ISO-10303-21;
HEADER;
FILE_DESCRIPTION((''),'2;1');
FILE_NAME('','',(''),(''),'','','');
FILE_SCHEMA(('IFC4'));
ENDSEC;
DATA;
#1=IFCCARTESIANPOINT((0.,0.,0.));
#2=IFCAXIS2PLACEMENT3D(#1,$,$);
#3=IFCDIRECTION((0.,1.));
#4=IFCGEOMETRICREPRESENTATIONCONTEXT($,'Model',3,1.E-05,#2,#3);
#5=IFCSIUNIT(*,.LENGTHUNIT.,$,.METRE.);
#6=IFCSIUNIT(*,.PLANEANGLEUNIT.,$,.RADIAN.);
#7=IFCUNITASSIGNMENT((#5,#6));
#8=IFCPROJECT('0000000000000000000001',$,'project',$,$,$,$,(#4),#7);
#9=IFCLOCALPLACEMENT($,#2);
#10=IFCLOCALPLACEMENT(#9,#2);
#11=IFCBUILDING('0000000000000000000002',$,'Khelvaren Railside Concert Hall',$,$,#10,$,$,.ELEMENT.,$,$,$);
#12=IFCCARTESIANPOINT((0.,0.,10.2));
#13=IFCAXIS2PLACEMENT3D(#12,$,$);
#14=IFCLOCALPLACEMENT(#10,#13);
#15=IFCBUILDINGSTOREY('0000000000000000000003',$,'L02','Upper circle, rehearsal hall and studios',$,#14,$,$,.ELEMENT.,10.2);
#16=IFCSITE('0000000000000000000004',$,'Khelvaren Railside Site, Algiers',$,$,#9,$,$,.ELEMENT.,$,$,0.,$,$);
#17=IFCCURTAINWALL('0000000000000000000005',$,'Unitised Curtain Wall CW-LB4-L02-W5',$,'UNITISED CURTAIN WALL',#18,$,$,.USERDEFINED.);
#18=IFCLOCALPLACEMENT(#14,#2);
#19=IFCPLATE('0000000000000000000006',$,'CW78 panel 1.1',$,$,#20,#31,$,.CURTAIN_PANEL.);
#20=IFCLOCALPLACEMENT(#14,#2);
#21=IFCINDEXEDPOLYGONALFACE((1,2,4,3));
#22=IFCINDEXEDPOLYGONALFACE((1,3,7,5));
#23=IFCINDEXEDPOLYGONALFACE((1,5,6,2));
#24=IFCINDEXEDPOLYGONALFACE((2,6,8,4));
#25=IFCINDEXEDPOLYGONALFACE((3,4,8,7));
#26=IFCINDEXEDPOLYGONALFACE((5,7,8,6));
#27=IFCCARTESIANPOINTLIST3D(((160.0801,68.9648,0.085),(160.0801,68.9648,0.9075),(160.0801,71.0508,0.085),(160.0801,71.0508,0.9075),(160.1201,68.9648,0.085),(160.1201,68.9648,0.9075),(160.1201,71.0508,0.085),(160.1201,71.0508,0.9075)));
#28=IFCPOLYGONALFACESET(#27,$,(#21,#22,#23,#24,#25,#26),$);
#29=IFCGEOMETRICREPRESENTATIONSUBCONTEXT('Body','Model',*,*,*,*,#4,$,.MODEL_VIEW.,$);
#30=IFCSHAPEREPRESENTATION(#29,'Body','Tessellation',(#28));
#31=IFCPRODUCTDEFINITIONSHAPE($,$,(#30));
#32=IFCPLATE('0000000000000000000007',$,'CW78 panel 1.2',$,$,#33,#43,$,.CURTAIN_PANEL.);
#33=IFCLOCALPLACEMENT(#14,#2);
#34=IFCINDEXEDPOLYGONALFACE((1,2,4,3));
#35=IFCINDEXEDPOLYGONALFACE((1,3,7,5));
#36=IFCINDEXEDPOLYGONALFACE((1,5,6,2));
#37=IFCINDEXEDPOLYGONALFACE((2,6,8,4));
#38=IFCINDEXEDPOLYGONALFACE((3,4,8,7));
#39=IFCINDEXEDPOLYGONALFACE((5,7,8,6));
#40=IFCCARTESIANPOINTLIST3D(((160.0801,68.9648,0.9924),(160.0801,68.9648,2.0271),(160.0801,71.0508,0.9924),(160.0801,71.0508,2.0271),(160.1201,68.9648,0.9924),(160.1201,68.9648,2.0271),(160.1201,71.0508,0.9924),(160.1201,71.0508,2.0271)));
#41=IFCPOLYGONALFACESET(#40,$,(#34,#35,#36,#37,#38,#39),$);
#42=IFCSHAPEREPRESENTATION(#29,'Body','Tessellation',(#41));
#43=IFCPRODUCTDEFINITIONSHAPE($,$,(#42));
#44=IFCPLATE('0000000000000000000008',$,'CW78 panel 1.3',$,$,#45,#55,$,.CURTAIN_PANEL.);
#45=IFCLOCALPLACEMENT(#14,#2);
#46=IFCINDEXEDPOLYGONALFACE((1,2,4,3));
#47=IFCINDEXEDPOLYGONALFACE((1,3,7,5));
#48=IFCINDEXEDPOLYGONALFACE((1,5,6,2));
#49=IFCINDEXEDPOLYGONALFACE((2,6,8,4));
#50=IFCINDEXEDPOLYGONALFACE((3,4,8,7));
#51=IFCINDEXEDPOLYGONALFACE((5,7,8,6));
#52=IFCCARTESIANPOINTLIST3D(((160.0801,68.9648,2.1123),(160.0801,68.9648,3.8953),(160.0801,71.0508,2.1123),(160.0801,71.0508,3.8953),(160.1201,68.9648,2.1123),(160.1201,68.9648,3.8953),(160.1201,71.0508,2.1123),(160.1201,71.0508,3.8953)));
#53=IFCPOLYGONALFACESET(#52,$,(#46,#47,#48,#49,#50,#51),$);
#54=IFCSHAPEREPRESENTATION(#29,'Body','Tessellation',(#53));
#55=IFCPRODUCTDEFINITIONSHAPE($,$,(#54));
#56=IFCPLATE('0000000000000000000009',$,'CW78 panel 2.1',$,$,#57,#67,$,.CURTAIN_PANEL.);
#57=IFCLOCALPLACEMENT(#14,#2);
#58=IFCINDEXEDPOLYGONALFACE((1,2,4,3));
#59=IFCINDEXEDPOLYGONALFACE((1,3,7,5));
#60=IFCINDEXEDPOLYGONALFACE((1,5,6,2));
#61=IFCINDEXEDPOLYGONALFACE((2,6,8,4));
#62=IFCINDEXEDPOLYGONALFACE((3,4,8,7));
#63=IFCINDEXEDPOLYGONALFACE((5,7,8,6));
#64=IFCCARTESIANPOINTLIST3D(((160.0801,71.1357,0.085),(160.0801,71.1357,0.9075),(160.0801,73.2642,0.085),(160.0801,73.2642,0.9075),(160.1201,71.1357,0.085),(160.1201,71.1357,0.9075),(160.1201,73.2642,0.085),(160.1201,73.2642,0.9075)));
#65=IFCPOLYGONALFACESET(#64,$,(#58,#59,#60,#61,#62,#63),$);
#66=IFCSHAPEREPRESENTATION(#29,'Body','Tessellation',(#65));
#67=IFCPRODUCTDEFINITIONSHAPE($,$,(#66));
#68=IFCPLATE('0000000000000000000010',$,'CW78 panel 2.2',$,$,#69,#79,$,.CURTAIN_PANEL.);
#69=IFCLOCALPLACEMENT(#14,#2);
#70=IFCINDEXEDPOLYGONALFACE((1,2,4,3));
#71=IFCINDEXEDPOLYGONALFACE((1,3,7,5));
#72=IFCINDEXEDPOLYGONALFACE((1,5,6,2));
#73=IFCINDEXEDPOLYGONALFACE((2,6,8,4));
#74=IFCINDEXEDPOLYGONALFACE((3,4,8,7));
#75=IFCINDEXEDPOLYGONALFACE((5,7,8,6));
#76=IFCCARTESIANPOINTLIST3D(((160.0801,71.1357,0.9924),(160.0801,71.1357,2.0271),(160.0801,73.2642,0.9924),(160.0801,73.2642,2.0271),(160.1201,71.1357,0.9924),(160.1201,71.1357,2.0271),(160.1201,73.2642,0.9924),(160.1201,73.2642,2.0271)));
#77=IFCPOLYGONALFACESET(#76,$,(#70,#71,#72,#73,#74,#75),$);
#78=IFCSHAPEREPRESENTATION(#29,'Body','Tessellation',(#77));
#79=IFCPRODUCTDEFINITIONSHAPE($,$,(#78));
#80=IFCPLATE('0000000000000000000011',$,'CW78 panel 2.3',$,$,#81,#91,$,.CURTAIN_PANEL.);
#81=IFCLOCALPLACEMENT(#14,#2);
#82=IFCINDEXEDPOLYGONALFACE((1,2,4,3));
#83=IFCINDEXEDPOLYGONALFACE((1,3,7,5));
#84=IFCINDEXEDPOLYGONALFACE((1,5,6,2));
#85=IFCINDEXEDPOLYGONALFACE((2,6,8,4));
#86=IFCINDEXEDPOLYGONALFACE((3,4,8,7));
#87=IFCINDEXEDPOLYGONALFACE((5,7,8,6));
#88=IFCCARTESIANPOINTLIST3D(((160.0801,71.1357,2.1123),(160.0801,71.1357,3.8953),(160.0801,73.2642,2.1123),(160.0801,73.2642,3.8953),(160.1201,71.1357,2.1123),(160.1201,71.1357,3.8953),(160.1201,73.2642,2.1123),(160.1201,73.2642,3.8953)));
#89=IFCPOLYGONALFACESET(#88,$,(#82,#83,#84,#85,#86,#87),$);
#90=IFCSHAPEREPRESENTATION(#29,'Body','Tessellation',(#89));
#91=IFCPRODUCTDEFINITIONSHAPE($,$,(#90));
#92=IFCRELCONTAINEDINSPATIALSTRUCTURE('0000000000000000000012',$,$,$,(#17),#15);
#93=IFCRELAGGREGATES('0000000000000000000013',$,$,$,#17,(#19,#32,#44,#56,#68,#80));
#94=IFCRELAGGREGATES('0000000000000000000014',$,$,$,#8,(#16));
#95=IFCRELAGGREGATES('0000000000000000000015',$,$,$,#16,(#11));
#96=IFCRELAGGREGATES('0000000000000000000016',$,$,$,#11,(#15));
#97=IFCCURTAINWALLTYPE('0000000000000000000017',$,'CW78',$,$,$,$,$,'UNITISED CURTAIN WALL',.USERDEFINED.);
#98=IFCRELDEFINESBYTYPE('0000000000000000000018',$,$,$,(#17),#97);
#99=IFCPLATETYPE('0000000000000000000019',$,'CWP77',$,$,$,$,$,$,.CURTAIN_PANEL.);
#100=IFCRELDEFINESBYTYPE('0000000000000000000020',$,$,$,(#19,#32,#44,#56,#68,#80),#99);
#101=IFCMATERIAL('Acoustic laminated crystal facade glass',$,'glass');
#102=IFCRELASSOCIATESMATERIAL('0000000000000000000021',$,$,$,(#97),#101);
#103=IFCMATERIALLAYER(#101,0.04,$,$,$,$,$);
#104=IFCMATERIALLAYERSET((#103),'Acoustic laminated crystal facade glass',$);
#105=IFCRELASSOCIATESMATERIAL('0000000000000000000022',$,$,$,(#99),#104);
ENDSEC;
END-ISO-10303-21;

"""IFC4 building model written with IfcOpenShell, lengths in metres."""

from ifc_helpers import new_model, si_unit, direction, frame, origin, origin_2d, place, context, subcontext, project, spatial, rectangle, extrude, material, layer, layer_set, type_object, element, aggregate, save


model = new_model("IFC4")

# Units and contexts
model_context = context("Model", 3, precision=1e-05, world=origin(), true_north=direction((0.0, 1.0)))
body_context = subcontext(model_context, "Body", "Model", "MODEL_VIEW")
ifc_project = project(units=[si_unit("LENGTHUNIT", "METRE"), si_unit("PLANEANGLEUNIT", "RADIAN")], contexts=[model_context])

# Site, building, storey
site_placement = place(None, origin())
site = spatial("IfcSite", under=ifc_project, at=site_placement, Name="Khelvaren Railside Site, Algiers", CompositionType="ELEMENT", RefElevation=0.0)
building_placement = place(site_placement, origin())
building = spatial("IfcBuilding", under=site, at=building_placement, Name="Khelvaren Railside Concert Hall", CompositionType="ELEMENT")
storey_placement = place(building_placement, frame((0.0, 0.0, 10.2)))
storey = spatial("IfcBuildingStorey", under=building, at=storey_placement, Name="L02", Description="Upper circle, rehearsal hall and studios", CompositionType="ELEMENT", Elevation=10.2)

# Shared definitions
ifc_material_1 = material(Name="Acoustic laminated crystal facade glass", Category="glass")
curtain_wall_type = type_object("IfcCurtainWallType", Name="CW78", ElementType="UNITISED CURTAIN WALL", PredefinedType="USERDEFINED", material=ifc_material_1)

# Curtain wall
curtain_wall_1_placement = place(storey_placement, origin())
curtain_wall_1 = element("IfcCurtainWall", 1, at=curtain_wall_1_placement, inside=storey, type_object=curtain_wall_type, Name="Unitised Curtain Wall CW-LB4-L02-W5", ObjectType="UNITISED CURTAIN WALL", PredefinedType="USERDEFINED")

# Plates
ifc_layer = layer(ifc_material_1, 0.04)
ifc_layer_set = layer_set([ifc_layer], Name="Acoustic laminated crystal facade glass")
plate_type = type_object("IfcPlateType", Name="CWP77", PredefinedType="CURTAIN_PANEL", material=ifc_layer_set)
plate_1_placement = place(storey_placement, frame((160.1001, 70.0078, 0.085), z_axis=(0.0, 0.0, 1.0), x_axis=(0.0, 1.0, 0.0)))
plate_1 = element("IfcPlate", 2, at=plate_1_placement, type_object=plate_type, Name="CW78 panel 1.1", PredefinedType="CURTAIN_PANEL", context=body_context, shape_type="SweptSolid", body=[
    extrude(rectangle(XDim=2.0859, YDim=0.04, at=origin_2d()), origin(), (0.0, 0.0, 1.0), 0.8225),
])
plate_2_placement = place(storey_placement, frame((160.1001, 70.0078, 0.9924), z_axis=(0.0, 0.0, 1.0), x_axis=(0.0, 1.0, 0.0)))
plate_2 = element("IfcPlate", 3, at=plate_2_placement, type_object=plate_type, Name="CW78 panel 1.2", PredefinedType="CURTAIN_PANEL", context=body_context, shape_type="SweptSolid", body=[
    extrude(rectangle(XDim=2.0859, YDim=0.04, at=origin_2d()), origin(), (0.0, 0.0, 1.0), 1.0347),
])
plate_3_placement = place(storey_placement, frame((160.1001, 70.0078, 2.1123), z_axis=(0.0, 0.0, 1.0), x_axis=(0.0, 1.0, 0.0)))
plate_3 = element("IfcPlate", 4, at=plate_3_placement, type_object=plate_type, Name="CW78 panel 1.3", PredefinedType="CURTAIN_PANEL", context=body_context, shape_type="SweptSolid", body=[
    extrude(rectangle(XDim=2.0859, YDim=0.04, at=origin_2d()), origin(), (0.0, 0.0, 1.0), 1.783),
])
plate_4_placement = place(storey_placement, frame((160.1001, 72.2, 0.085), z_axis=(0.0, 0.0, 1.0), x_axis=(0.0, 1.0, 0.0)))
plate_4 = element("IfcPlate", 5, at=plate_4_placement, type_object=plate_type, Name="CW78 panel 2.1", PredefinedType="CURTAIN_PANEL", context=body_context, shape_type="SweptSolid", body=[
    extrude(rectangle(XDim=2.1284, YDim=0.04, at=origin_2d()), origin(), (0.0, 0.0, 1.0), 0.8225),
])
plate_5_placement = place(storey_placement, frame((160.1001, 72.2, 0.9924), z_axis=(0.0, 0.0, 1.0), x_axis=(0.0, 1.0, 0.0)))
plate_5 = element("IfcPlate", 6, at=plate_5_placement, type_object=plate_type, Name="CW78 panel 2.2", PredefinedType="CURTAIN_PANEL", context=body_context, shape_type="SweptSolid", body=[
    extrude(rectangle(XDim=2.1284, YDim=0.04, at=origin_2d()), origin(), (0.0, 0.0, 1.0), 1.0347),
])
plate_6_placement = place(storey_placement, frame((160.1001, 72.2, 2.1123), z_axis=(0.0, 0.0, 1.0), x_axis=(0.0, 1.0, 0.0)))
plate_6 = element("IfcPlate", 7, at=plate_6_placement, type_object=plate_type, Name="CW78 panel 2.3", PredefinedType="CURTAIN_PANEL", context=body_context, shape_type="SweptSolid", body=[
    extrude(rectangle(XDim=2.1284, YDim=0.04, at=origin_2d()), origin(), (0.0, 0.0, 1.0), 1.783),
])
aggregate(curtain_wall_1, [plate_1, plate_2, plate_3, plate_4, plate_5, plate_6])

save(model, "model.ifc")
